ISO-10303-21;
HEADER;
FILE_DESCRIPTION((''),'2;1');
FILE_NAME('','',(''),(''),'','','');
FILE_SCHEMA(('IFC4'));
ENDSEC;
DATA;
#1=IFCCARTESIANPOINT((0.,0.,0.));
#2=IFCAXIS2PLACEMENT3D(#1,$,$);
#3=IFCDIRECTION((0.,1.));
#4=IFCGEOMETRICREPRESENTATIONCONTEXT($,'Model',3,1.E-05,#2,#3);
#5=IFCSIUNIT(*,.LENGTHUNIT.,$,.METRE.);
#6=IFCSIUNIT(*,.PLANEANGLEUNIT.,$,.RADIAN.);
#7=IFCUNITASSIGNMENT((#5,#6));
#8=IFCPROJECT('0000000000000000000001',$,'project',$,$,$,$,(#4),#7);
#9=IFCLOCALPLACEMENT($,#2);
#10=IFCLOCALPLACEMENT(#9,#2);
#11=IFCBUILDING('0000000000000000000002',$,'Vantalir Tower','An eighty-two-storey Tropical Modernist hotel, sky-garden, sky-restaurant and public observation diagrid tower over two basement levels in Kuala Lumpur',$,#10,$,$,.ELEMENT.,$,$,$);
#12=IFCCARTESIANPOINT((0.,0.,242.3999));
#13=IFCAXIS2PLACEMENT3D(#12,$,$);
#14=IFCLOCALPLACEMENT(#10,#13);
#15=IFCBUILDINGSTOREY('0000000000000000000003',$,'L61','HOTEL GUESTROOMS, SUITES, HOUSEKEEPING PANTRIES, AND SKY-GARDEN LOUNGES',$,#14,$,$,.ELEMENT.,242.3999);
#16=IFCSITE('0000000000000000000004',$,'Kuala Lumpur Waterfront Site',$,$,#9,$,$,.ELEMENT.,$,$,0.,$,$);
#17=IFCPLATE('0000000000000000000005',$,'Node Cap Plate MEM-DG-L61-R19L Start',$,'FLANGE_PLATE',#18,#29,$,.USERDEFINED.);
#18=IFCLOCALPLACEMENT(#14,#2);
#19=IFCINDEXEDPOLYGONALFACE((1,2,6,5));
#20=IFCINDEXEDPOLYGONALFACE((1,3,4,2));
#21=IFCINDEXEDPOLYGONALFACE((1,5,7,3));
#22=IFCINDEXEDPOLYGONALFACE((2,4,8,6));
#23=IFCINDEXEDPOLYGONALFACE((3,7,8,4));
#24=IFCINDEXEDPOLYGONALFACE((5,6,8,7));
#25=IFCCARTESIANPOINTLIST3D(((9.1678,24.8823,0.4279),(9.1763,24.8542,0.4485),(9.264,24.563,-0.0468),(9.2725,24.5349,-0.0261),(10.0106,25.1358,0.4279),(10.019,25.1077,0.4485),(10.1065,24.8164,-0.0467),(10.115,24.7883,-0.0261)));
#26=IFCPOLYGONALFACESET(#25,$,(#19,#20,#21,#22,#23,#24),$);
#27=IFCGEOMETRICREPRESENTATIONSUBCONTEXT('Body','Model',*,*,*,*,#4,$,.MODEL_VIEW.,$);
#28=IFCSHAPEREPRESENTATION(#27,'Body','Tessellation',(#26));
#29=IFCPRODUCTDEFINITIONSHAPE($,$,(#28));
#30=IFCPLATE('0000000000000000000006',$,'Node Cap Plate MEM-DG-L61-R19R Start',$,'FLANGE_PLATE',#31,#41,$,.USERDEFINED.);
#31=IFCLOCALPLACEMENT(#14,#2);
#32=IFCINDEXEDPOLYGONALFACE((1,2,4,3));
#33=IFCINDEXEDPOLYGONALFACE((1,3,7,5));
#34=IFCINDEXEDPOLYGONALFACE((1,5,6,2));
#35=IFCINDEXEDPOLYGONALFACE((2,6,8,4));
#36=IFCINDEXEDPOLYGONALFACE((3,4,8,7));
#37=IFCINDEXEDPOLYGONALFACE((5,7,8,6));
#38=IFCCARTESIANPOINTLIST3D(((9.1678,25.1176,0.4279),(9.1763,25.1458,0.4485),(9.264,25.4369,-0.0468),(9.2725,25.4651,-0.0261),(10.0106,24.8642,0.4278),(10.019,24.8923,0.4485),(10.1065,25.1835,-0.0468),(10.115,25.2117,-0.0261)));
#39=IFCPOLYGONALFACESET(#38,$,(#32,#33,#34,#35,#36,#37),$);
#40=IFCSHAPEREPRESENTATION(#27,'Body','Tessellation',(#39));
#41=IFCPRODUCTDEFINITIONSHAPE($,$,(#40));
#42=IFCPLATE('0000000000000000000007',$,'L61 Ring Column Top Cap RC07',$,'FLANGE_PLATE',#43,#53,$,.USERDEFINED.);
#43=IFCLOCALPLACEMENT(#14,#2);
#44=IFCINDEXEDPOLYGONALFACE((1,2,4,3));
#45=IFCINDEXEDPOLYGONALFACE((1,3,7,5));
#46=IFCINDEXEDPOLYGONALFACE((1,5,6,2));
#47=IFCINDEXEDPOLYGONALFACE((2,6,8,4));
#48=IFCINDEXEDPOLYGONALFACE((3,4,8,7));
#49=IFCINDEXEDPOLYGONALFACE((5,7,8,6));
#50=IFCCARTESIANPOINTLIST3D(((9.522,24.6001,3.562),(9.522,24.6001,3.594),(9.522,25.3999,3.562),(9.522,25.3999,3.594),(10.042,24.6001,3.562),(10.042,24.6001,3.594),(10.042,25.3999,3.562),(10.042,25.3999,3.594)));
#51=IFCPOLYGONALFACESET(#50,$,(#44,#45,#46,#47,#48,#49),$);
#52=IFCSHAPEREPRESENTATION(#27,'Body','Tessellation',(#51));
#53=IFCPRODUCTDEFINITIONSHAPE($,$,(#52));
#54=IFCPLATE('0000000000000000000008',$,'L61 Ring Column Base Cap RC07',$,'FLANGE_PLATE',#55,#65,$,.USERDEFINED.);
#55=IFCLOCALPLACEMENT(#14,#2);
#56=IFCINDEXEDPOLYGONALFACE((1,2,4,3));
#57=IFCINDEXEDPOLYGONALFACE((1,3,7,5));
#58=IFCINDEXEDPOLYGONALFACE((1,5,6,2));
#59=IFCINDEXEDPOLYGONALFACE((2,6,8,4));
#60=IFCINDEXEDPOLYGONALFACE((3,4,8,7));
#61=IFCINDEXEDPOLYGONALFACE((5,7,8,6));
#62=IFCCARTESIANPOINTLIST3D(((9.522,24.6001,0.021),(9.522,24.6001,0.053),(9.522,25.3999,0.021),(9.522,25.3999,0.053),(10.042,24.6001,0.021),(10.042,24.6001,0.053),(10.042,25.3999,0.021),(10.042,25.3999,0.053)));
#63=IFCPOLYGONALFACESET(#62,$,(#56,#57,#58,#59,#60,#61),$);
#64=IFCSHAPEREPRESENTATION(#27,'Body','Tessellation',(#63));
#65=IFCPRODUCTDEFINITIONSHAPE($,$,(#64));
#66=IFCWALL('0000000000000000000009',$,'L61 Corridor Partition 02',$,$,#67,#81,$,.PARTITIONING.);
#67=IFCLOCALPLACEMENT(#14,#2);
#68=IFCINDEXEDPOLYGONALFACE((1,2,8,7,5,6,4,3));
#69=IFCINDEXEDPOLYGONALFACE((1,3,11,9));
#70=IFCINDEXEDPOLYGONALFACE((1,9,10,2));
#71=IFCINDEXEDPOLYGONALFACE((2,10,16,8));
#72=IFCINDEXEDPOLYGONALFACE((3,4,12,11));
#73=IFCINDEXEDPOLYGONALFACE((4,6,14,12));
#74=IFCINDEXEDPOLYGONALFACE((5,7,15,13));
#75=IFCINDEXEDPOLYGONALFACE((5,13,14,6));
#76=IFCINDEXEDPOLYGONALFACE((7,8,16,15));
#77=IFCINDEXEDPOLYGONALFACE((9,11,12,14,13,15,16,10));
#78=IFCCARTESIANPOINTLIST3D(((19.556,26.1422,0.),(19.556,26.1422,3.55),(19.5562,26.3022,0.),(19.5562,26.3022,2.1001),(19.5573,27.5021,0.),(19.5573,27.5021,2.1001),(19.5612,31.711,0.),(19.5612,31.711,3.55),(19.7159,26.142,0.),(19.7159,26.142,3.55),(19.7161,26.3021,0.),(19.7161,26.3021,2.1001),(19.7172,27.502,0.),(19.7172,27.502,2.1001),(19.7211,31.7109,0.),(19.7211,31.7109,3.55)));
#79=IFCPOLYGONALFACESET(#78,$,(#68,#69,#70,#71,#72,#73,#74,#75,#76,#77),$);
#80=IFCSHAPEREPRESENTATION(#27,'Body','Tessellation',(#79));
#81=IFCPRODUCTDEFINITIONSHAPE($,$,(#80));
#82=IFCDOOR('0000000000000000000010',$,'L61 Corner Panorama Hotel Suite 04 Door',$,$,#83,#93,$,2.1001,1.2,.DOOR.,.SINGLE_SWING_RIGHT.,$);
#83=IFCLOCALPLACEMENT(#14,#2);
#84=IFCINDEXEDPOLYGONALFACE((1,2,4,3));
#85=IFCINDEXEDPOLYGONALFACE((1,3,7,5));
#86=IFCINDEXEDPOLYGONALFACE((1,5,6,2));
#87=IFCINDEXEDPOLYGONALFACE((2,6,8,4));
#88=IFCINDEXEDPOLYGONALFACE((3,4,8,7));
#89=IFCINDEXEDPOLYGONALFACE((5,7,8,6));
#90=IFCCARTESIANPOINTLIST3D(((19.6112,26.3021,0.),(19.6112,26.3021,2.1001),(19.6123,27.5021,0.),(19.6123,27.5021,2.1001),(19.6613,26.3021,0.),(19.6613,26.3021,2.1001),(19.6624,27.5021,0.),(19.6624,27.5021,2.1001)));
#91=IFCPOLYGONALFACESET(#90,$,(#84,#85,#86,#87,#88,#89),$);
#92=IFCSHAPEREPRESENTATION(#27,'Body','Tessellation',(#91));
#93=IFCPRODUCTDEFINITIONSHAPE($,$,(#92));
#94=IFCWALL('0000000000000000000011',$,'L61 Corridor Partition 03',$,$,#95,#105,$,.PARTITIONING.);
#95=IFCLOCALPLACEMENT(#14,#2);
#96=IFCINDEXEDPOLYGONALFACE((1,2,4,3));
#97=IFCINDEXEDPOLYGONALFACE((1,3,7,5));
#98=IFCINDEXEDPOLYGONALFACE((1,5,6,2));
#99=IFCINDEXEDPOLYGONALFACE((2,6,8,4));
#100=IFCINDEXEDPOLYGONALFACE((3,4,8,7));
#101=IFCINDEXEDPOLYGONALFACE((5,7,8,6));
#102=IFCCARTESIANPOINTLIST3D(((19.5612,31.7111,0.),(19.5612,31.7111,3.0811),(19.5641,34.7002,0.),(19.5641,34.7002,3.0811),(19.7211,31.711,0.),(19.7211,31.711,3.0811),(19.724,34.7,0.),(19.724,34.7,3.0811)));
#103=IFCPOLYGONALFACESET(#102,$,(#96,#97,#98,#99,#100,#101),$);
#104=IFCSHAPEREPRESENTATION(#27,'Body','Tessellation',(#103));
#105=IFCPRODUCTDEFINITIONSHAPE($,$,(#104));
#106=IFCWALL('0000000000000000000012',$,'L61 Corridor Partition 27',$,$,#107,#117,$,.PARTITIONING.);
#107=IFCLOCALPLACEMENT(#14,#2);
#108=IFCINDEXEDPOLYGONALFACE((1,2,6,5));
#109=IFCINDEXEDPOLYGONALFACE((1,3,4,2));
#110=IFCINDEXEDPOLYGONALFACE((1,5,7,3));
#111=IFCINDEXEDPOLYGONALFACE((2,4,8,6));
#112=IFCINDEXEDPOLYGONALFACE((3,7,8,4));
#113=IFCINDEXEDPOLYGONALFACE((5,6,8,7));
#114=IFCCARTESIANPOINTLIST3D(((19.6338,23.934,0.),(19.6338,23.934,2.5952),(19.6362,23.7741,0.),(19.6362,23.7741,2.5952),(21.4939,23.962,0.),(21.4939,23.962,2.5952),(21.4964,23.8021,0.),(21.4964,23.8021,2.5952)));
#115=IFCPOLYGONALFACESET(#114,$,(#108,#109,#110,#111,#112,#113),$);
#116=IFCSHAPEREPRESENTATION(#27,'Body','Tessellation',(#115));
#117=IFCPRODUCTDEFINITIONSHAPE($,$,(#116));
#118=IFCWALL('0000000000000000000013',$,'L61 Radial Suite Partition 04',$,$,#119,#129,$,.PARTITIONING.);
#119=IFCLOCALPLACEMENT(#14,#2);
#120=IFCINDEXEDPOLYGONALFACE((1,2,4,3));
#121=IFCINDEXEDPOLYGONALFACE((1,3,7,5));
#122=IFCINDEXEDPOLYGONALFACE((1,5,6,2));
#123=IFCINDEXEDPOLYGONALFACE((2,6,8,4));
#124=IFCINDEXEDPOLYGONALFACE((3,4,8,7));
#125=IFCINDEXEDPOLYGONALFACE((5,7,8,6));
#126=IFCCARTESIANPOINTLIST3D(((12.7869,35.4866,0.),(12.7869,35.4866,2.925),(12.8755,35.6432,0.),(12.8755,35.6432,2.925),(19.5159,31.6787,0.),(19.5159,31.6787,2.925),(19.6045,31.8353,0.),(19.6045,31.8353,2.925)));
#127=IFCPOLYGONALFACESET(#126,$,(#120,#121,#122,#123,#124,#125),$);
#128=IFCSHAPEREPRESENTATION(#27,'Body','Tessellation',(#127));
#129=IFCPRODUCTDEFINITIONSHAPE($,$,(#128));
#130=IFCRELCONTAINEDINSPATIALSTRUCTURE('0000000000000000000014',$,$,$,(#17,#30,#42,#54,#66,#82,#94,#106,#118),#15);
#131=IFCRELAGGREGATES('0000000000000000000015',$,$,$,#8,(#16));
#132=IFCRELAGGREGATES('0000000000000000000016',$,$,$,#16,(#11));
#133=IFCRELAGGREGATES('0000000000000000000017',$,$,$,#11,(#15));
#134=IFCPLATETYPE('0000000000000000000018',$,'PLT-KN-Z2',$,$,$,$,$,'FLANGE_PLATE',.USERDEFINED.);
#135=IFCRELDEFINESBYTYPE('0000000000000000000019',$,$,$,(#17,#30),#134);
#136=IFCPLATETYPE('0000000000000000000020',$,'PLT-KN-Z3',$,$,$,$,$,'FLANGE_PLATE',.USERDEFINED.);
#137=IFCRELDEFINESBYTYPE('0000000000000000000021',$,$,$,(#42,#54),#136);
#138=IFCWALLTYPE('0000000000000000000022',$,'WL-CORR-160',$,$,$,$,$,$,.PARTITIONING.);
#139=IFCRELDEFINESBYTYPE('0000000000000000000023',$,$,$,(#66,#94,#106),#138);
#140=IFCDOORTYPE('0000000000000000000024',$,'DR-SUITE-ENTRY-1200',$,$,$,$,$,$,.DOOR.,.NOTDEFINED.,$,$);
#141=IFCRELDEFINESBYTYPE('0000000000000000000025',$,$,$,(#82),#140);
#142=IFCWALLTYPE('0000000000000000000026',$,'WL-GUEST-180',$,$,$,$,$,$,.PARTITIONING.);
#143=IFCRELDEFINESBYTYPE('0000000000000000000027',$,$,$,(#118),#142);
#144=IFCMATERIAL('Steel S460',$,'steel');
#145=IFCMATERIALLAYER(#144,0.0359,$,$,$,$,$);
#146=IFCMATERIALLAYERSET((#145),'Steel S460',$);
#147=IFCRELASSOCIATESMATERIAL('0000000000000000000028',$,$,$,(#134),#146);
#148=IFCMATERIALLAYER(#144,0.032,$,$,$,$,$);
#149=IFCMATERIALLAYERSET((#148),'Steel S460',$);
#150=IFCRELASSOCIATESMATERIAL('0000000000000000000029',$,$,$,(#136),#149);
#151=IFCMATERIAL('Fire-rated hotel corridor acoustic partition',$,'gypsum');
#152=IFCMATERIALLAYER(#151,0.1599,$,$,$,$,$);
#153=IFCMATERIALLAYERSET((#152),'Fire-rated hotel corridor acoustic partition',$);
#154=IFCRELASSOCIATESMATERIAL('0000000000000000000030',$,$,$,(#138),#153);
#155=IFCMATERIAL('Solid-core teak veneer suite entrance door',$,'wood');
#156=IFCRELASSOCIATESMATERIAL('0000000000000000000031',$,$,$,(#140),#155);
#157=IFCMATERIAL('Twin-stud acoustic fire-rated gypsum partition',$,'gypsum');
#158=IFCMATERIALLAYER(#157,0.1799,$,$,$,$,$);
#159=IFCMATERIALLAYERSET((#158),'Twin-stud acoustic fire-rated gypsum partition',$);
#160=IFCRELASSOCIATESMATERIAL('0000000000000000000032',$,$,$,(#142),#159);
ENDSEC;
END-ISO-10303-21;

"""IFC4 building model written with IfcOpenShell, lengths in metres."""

from ifc_helpers import new_model, si_unit, direction, frame, frame_2d, origin, place, context, subcontext, project, spatial, polyline, rectangle, outline, extrude, material, layer, layer_set, type_object, element, fill, save


model = new_model("IFC4")

# Units and contexts
model_context = context("Model", 3, precision=1e-05, world=origin(), true_north=direction((0.0, 1.0)))
body_context = subcontext(model_context, "Body", "Model", "MODEL_VIEW")
ifc_project = project(units=[si_unit("LENGTHUNIT", "METRE"), si_unit("PLANEANGLEUNIT", "RADIAN")], contexts=[model_context])

# Site, building, storey
site_placement = place(None, origin())
site = spatial("IfcSite", under=ifc_project, at=site_placement, Name="Kuala Lumpur Waterfront Site", CompositionType="ELEMENT", RefElevation=0.0)
building_placement = place(site_placement, origin())
building = spatial("IfcBuilding", under=site, at=building_placement, Name="Vantalir Tower", Description="An eighty-two-storey Tropical Modernist hotel, sky-garden, sky-restaurant and public observation diagrid tower over two basement levels in Kuala Lumpur", CompositionType="ELEMENT")
storey_placement = place(building_placement, frame((0.0, 0.0, 242.3999)))
storey = spatial("IfcBuildingStorey", under=building, at=storey_placement, Name="L61", Description="HOTEL GUESTROOMS, SUITES, HOUSEKEEPING PANTRIES, AND SKY-GARDEN LOUNGES", CompositionType="ELEMENT", Elevation=242.3999)

# Shared definitions
ifc_material_1 = material(Name="Steel S460", Category="steel")

# Plates
ifc_layer_1 = layer(ifc_material_1, 0.0359)
ifc_layer_set_1 = layer_set([ifc_layer_1], Name="Steel S460")
plate_type_1 = type_object("IfcPlateType", Name="PLT-KN-Z2", ElementType="FLANGE_PLATE", PredefinedType="USERDEFINED", material=ifc_layer_set_1)
plate_1_placement = place(storey_placement, frame((9.2725, 24.5349, -0.0261), z_axis=(0.235645, -0.783554, 0.574905), x_axis=(0.957628, 0.28801, 0.000019)))
element("IfcPlate", 1, at=plate_1_placement, inside=storey, type_object=plate_type_1, Name="Node Cap Plate MEM-DG-L61-R19L Start", ObjectType="FLANGE_PLATE", PredefinedType="USERDEFINED", context=body_context, shape_type="SweptSolid", body=[
    extrude(outline(polyline([(0.0, 0.0), (0.8798, 0.0), (0.8799, 0.58), (-0.0001, 0.5801), (0.0, 0.0)])), origin(), (0.0, 0.0, -1.0), 0.0359),
])
plate_2_placement = place(storey_placement, frame((10.115, 25.2117, -0.0261), z_axis=(0.235645, 0.783554, 0.574905), x_axis=(-0.957628, 0.28801, -0.000019)))
element("IfcPlate", 2, at=plate_2_placement, inside=storey, type_object=plate_type_1, Name="Node Cap Plate MEM-DG-L61-R19R Start", ObjectType="FLANGE_PLATE", PredefinedType="USERDEFINED", context=body_context, shape_type="SweptSolid", body=[
    extrude(outline(polyline([(0.0, 0.0), (0.8798, 0.0), (0.88, 0.5801), (-0.0001, 0.58), (0.0, 0.0)])), origin(), (0.0, 0.0, -1.0), 0.0359),
])
ifc_layer_2 = layer(ifc_material_1, 0.032)
ifc_layer_set_2 = layer_set([ifc_layer_2], Name="Steel S460")
plate_type_2 = type_object("IfcPlateType", Name="PLT-KN-Z3", ElementType="FLANGE_PLATE", PredefinedType="USERDEFINED", material=ifc_layer_set_2)
for number, where, z_axis, x_axis, name in (
    (3, (9.522, 25.3999, 3.594), (0.0, 0.0, 1.0), (0.0, -1.0, 0.0), "L61 Ring Column Top Cap RC07"),
    (4, (9.522, 25.3999, 0.053), (0.0, 0.0, 1.0), (0.0, -1.0, 0.0), "L61 Ring Column Base Cap RC07"),
):
    element("IfcPlate", number, at=place(storey_placement, frame(where, z_axis=z_axis, x_axis=x_axis)), inside=storey, type_object=plate_type_2, Name=name, ObjectType="FLANGE_PLATE", PredefinedType="USERDEFINED", context=body_context, shape_type="SweptSolid", body=[
        extrude(outline(polyline([(0.0, 0.0), (0.7998, 0.0), (0.7998, 0.52), (0.0, 0.52), (0.0, 0.0)])), origin(), (0.0, 0.0, -1.0), 0.032),
    ])

# Wall, opening, door
ifc_material_2 = material(Name="Fire-rated hotel corridor acoustic partition", Category="gypsum")
ifc_layer_3 = layer(ifc_material_2, 0.1599)
ifc_layer_set_3 = layer_set([ifc_layer_3], Name="Fire-rated hotel corridor acoustic partition")
wall_type_1 = type_object("IfcWallType", Name="WL-CORR-160", PredefinedType="PARTITIONING", material=ifc_layer_set_3)
wall_1_placement = place(storey_placement, frame((19.636, 26.1421, 0.0), z_axis=(0.0, 0.0, 1.0), x_axis=(0.000921, 1.0, 0.0)))
wall_1 = element("IfcWall", 5, at=wall_1_placement, inside=storey, type_object=wall_type_1, Name="L61 Corridor Partition 02", PredefinedType="PARTITIONING", context=body_context, shape_type="SweptSolid", body=[
    extrude(rectangle(XDim=5.5688, YDim=0.1599, at=frame_2d((2.7844, 0.0))), origin(), (0.0, 0.0, 1.0), 3.55),
])
opening_placement = place(wall_1_placement, frame((0.1599, 0.0, 0.0)))
opening = element("IfcOpeningElement", 6, at=opening_placement, cuts=wall_1, PredefinedType="OPENING", context=body_context, shape_type="SweptSolid", body=[
    extrude(rectangle(XDim=1.2, YDim=2.1001, at=frame_2d((0.6001, 1.05))), frame((0.0, 0.0898, 0.0), z_axis=(0.0, -1.0, 0.0), x_axis=(1.0, 0.0, 0.0)), (0.0, 0.0, 1.0), 0.1799),
])
ifc_material_3 = material(Name="Solid-core teak veneer suite entrance door", Category="wood")
door_type = type_object("IfcDoorType", Name="DR-SUITE-ENTRY-1200", OperationType="NOTDEFINED", PredefinedType="DOOR", material=ifc_material_3)
door_placement = place(opening_placement, origin())
door = element("IfcDoor", 7, at=door_placement, inside=storey, type_object=door_type, Name="L61 Corner Panorama Hotel Suite 04 Door", OperationType="SINGLE_SWING_RIGHT", OverallHeight=2.1001, OverallWidth=1.2, PredefinedType="DOOR", context=body_context, shape_type="SweptSolid", body=[
    extrude(rectangle(XDim=1.2, YDim=2.1001, at=frame_2d((0.6001, 1.05))), frame((0.0, 0.0249, 0.0), z_axis=(0.0, -1.0, 0.0), x_axis=(1.0, 0.0, 0.0)), (0.0, 0.0, 1.0), 0.05),
])
fill(opening, door)

# Walls
wall_2_placement = place(storey_placement, frame((19.6411, 31.7109, 0.0), z_axis=(0.0, 0.0, 1.0), x_axis=(0.00098, 1.0, 0.0)))
element("IfcWall", 8, at=wall_2_placement, inside=storey, type_object=wall_type_1, Name="L61 Corridor Partition 03", PredefinedType="PARTITIONING", context=body_context, shape_type="SweptSolid", body=[
    extrude(rectangle(XDim=2.989, YDim=0.1599, at=frame_2d((1.4946, 0.0))), origin(), (0.0, 0.0, 1.0), 3.0811),
])
wall_3_placement = place(storey_placement, frame((19.635, 23.854, 0.0), z_axis=(0.0, 0.0, 1.0), x_axis=(0.999886, 0.015092, 0.0)))
element("IfcWall", 9, at=wall_3_placement, inside=storey, type_object=wall_type_1, Name="L61 Corridor Partition 27", PredefinedType="PARTITIONING", context=body_context, shape_type="SweptSolid", body=[
    extrude(rectangle(XDim=1.8604, YDim=0.1599, at=frame_2d((0.9302, 0.0))), origin(), (0.0, 0.0, 1.0), 2.5952),
])
ifc_material_4 = material(Name="Twin-stud acoustic fire-rated gypsum partition", Category="gypsum")
ifc_layer_4 = layer(ifc_material_4, 0.1799)
ifc_layer_set_4 = layer_set([ifc_layer_4], Name="Twin-stud acoustic fire-rated gypsum partition")
wall_type_2 = type_object("IfcWallType", Name="WL-GUEST-180", PredefinedType="PARTITIONING", material=ifc_layer_set_4)
wall_4_placement = place(storey_placement, frame((19.5601, 31.7571, 0.0), z_axis=(0.0, 0.0, 1.0), x_axis=(-0.870313, 0.492499, 0.0)))
element("IfcWall", 10, at=wall_4_placement, inside=storey, type_object=wall_type_2, Name="L61 Radial Suite Partition 04", PredefinedType="PARTITIONING", context=body_context, shape_type="SweptSolid", body=[
    extrude(rectangle(XDim=7.7317, YDim=0.1799, at=frame_2d((3.8657, 0.0))), origin(), (0.0, 0.0, 1.0), 2.925),
])

save(model, "model.ifc")
